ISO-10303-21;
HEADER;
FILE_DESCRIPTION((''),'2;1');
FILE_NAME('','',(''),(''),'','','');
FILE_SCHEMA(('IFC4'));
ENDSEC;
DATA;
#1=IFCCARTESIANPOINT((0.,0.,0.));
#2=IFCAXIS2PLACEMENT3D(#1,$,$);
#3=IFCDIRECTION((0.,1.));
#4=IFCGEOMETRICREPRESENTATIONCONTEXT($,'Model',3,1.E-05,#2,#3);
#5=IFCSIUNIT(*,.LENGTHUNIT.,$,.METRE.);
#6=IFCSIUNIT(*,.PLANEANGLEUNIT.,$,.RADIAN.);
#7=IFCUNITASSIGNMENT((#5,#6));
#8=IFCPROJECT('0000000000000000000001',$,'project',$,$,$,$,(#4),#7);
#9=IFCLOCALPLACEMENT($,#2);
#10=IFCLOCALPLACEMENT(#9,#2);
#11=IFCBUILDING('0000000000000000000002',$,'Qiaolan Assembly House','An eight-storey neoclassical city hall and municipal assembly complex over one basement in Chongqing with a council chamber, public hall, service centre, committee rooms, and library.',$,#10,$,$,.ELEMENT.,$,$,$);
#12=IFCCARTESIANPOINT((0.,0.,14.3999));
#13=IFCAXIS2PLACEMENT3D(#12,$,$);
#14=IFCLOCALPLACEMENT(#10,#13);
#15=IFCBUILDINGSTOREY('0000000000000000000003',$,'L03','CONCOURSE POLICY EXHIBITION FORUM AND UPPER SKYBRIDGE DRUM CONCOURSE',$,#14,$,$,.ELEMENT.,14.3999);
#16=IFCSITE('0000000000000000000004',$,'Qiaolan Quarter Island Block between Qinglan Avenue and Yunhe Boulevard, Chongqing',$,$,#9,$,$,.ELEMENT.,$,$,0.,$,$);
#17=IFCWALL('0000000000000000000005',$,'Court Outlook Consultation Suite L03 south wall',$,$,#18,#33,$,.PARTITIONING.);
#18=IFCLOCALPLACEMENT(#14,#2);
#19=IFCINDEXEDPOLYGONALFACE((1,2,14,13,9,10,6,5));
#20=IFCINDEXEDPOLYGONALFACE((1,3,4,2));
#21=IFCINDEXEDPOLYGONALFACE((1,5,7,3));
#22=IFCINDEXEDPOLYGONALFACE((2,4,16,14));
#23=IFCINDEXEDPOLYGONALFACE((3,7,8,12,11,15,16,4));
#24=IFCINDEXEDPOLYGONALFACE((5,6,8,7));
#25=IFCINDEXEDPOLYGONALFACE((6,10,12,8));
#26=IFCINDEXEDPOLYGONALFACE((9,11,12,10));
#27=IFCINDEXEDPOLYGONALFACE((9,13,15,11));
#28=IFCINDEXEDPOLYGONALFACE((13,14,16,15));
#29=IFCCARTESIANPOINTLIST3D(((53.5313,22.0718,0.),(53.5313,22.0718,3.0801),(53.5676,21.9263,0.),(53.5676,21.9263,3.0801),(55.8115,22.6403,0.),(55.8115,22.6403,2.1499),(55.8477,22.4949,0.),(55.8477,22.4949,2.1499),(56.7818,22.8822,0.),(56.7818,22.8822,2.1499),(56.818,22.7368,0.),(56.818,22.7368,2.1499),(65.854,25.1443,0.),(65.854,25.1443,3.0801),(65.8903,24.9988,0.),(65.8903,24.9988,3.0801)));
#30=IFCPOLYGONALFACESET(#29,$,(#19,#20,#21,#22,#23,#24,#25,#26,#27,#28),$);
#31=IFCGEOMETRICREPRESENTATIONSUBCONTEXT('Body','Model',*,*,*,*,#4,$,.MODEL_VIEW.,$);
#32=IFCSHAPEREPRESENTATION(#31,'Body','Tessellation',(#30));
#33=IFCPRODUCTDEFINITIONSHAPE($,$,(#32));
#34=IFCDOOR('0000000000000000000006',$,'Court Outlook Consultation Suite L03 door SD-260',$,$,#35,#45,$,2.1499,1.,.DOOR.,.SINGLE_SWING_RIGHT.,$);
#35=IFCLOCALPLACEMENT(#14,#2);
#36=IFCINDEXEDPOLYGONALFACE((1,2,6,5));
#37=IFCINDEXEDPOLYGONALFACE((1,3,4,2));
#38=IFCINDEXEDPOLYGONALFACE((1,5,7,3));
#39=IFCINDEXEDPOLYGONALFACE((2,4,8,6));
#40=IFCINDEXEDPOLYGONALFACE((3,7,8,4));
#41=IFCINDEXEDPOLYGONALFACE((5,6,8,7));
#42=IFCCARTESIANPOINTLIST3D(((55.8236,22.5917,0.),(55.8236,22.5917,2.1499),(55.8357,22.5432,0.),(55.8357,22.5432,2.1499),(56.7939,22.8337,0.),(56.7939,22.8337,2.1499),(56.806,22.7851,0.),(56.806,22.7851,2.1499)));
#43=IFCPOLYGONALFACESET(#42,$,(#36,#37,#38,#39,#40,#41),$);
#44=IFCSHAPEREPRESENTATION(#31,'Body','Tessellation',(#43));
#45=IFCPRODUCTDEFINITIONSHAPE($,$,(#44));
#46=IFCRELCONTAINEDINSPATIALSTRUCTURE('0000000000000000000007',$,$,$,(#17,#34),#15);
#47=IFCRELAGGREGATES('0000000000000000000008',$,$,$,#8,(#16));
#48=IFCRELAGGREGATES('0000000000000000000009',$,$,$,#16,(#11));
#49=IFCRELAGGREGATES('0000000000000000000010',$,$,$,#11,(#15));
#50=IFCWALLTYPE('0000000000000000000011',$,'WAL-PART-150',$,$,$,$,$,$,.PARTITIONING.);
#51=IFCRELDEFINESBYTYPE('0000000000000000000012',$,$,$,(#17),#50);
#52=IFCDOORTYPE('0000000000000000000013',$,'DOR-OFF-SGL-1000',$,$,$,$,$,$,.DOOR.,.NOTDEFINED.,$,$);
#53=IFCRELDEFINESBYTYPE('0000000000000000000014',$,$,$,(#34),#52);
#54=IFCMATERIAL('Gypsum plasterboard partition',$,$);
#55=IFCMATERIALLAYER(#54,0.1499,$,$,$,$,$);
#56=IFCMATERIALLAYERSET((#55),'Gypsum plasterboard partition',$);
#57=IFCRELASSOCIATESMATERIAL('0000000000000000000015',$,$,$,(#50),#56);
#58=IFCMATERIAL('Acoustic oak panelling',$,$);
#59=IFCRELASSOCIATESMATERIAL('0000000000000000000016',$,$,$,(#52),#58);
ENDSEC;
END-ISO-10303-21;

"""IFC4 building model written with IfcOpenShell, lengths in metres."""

from ifc_helpers import new_model, si_unit, direction, frame, frame_2d, origin, place, context, subcontext, project, spatial, rectangle, extrude, material, layer, layer_set, type_object, element, fill, save


model = new_model("IFC4")

# Units and contexts
model_context = context("Model", 3, precision=1e-05, world=origin(), true_north=direction((0.0, 1.0)))
body_context = subcontext(model_context, "Body", "Model", "MODEL_VIEW")
ifc_project = project(units=[si_unit("LENGTHUNIT", "METRE"), si_unit("PLANEANGLEUNIT", "RADIAN")], contexts=[model_context])

# Site, building, storey
site_placement = place(None, origin())
site = spatial("IfcSite", under=ifc_project, at=site_placement, Name="Qiaolan Quarter Island Block between Qinglan Avenue and Yunhe Boulevard, Chongqing", CompositionType="ELEMENT", RefElevation=0.0)
building_placement = place(site_placement, origin())
building = spatial("IfcBuilding", under=site, at=building_placement, Name="Qiaolan Assembly House", Description="An eight-storey neoclassical city hall and municipal assembly complex over one basement in Chongqing with a council chamber, public hall, service centre, committee rooms, and library.", CompositionType="ELEMENT")
storey_placement = place(building_placement, frame((0.0, 0.0, 14.3999)))
storey = spatial("IfcBuildingStorey", under=building, at=storey_placement, Name="L03", Description="CONCOURSE POLICY EXHIBITION FORUM AND UPPER SKYBRIDGE DRUM CONCOURSE", CompositionType="ELEMENT", Elevation=14.3999)

# Shared definitions
ifc_material_1 = material(Name="Gypsum plasterboard partition")

# Wall, opening, door
ifc_layer_1 = layer(ifc_material_1, 0.1499)
ifc_layer_set_1 = layer_set([ifc_layer_1], Name="Gypsum plasterboard partition")
wall_type_1 = type_object("IfcWallType", Name="WAL-PART-150", PredefinedType="PARTITIONING", material=ifc_layer_set_1)
wall_1_placement = place(storey_placement, frame((53.5493, 21.999, 0.0), z_axis=(0.0, 0.0, 1.0), x_axis=(0.970294, 0.241929, 0.0)))
wall_1 = element("IfcWall", 1, at=wall_1_placement, inside=storey, type_object=wall_type_1, Name="Court Outlook Consultation Suite L03 south wall", PredefinedType="PARTITIONING", context=body_context, shape_type="SweptSolid", body=[
    extrude(rectangle(XDim=12.7, YDim=0.1499, at=frame_2d((6.3501, 0.0))), origin(), (0.0, 0.0, 1.0), 3.0801),
])
opening_1_placement = place(wall_1_placement, frame((2.3501, 0.0, 0.0)))
opening_1 = element("IfcOpeningElement", 2, at=opening_1_placement, cuts=wall_1, PredefinedType="OPENING", context=body_context, shape_type="SweptSolid", body=[
    extrude(rectangle(XDim=1.0, YDim=2.1499, at=frame_2d((0.5, 1.075))), frame((0.0, 0.085, 0.0), z_axis=(0.0, -1.0, 0.0), x_axis=(1.0, 0.0, 0.0)), (0.0, 0.0, 1.0), 0.1699),
])
ifc_material_2 = material(Name="Acoustic oak panelling")
door_type_1 = type_object("IfcDoorType", Name="DOR-OFF-SGL-1000", OperationType="NOTDEFINED", PredefinedType="DOOR", material=ifc_material_2)
door_1_placement = place(opening_1_placement, origin())
door_1 = element("IfcDoor", 3, at=door_1_placement, inside=storey, type_object=door_type_1, Name="Court Outlook Consultation Suite L03 door SD-260", OperationType="SINGLE_SWING_RIGHT", OverallHeight=2.1499, OverallWidth=1.0, PredefinedType="DOOR", context=body_context, shape_type="SweptSolid", body=[
    extrude(rectangle(XDim=1.0, YDim=2.1499, at=frame_2d((0.5, 1.075))), frame((0.0, 0.0249, 0.0), z_axis=(0.0, -1.0, 0.0), x_axis=(1.0, 0.0, 0.0)), (0.0, 0.0, 1.0), 0.05),
])
fill(opening_1, door_1)

save(model, "model.ifc")
